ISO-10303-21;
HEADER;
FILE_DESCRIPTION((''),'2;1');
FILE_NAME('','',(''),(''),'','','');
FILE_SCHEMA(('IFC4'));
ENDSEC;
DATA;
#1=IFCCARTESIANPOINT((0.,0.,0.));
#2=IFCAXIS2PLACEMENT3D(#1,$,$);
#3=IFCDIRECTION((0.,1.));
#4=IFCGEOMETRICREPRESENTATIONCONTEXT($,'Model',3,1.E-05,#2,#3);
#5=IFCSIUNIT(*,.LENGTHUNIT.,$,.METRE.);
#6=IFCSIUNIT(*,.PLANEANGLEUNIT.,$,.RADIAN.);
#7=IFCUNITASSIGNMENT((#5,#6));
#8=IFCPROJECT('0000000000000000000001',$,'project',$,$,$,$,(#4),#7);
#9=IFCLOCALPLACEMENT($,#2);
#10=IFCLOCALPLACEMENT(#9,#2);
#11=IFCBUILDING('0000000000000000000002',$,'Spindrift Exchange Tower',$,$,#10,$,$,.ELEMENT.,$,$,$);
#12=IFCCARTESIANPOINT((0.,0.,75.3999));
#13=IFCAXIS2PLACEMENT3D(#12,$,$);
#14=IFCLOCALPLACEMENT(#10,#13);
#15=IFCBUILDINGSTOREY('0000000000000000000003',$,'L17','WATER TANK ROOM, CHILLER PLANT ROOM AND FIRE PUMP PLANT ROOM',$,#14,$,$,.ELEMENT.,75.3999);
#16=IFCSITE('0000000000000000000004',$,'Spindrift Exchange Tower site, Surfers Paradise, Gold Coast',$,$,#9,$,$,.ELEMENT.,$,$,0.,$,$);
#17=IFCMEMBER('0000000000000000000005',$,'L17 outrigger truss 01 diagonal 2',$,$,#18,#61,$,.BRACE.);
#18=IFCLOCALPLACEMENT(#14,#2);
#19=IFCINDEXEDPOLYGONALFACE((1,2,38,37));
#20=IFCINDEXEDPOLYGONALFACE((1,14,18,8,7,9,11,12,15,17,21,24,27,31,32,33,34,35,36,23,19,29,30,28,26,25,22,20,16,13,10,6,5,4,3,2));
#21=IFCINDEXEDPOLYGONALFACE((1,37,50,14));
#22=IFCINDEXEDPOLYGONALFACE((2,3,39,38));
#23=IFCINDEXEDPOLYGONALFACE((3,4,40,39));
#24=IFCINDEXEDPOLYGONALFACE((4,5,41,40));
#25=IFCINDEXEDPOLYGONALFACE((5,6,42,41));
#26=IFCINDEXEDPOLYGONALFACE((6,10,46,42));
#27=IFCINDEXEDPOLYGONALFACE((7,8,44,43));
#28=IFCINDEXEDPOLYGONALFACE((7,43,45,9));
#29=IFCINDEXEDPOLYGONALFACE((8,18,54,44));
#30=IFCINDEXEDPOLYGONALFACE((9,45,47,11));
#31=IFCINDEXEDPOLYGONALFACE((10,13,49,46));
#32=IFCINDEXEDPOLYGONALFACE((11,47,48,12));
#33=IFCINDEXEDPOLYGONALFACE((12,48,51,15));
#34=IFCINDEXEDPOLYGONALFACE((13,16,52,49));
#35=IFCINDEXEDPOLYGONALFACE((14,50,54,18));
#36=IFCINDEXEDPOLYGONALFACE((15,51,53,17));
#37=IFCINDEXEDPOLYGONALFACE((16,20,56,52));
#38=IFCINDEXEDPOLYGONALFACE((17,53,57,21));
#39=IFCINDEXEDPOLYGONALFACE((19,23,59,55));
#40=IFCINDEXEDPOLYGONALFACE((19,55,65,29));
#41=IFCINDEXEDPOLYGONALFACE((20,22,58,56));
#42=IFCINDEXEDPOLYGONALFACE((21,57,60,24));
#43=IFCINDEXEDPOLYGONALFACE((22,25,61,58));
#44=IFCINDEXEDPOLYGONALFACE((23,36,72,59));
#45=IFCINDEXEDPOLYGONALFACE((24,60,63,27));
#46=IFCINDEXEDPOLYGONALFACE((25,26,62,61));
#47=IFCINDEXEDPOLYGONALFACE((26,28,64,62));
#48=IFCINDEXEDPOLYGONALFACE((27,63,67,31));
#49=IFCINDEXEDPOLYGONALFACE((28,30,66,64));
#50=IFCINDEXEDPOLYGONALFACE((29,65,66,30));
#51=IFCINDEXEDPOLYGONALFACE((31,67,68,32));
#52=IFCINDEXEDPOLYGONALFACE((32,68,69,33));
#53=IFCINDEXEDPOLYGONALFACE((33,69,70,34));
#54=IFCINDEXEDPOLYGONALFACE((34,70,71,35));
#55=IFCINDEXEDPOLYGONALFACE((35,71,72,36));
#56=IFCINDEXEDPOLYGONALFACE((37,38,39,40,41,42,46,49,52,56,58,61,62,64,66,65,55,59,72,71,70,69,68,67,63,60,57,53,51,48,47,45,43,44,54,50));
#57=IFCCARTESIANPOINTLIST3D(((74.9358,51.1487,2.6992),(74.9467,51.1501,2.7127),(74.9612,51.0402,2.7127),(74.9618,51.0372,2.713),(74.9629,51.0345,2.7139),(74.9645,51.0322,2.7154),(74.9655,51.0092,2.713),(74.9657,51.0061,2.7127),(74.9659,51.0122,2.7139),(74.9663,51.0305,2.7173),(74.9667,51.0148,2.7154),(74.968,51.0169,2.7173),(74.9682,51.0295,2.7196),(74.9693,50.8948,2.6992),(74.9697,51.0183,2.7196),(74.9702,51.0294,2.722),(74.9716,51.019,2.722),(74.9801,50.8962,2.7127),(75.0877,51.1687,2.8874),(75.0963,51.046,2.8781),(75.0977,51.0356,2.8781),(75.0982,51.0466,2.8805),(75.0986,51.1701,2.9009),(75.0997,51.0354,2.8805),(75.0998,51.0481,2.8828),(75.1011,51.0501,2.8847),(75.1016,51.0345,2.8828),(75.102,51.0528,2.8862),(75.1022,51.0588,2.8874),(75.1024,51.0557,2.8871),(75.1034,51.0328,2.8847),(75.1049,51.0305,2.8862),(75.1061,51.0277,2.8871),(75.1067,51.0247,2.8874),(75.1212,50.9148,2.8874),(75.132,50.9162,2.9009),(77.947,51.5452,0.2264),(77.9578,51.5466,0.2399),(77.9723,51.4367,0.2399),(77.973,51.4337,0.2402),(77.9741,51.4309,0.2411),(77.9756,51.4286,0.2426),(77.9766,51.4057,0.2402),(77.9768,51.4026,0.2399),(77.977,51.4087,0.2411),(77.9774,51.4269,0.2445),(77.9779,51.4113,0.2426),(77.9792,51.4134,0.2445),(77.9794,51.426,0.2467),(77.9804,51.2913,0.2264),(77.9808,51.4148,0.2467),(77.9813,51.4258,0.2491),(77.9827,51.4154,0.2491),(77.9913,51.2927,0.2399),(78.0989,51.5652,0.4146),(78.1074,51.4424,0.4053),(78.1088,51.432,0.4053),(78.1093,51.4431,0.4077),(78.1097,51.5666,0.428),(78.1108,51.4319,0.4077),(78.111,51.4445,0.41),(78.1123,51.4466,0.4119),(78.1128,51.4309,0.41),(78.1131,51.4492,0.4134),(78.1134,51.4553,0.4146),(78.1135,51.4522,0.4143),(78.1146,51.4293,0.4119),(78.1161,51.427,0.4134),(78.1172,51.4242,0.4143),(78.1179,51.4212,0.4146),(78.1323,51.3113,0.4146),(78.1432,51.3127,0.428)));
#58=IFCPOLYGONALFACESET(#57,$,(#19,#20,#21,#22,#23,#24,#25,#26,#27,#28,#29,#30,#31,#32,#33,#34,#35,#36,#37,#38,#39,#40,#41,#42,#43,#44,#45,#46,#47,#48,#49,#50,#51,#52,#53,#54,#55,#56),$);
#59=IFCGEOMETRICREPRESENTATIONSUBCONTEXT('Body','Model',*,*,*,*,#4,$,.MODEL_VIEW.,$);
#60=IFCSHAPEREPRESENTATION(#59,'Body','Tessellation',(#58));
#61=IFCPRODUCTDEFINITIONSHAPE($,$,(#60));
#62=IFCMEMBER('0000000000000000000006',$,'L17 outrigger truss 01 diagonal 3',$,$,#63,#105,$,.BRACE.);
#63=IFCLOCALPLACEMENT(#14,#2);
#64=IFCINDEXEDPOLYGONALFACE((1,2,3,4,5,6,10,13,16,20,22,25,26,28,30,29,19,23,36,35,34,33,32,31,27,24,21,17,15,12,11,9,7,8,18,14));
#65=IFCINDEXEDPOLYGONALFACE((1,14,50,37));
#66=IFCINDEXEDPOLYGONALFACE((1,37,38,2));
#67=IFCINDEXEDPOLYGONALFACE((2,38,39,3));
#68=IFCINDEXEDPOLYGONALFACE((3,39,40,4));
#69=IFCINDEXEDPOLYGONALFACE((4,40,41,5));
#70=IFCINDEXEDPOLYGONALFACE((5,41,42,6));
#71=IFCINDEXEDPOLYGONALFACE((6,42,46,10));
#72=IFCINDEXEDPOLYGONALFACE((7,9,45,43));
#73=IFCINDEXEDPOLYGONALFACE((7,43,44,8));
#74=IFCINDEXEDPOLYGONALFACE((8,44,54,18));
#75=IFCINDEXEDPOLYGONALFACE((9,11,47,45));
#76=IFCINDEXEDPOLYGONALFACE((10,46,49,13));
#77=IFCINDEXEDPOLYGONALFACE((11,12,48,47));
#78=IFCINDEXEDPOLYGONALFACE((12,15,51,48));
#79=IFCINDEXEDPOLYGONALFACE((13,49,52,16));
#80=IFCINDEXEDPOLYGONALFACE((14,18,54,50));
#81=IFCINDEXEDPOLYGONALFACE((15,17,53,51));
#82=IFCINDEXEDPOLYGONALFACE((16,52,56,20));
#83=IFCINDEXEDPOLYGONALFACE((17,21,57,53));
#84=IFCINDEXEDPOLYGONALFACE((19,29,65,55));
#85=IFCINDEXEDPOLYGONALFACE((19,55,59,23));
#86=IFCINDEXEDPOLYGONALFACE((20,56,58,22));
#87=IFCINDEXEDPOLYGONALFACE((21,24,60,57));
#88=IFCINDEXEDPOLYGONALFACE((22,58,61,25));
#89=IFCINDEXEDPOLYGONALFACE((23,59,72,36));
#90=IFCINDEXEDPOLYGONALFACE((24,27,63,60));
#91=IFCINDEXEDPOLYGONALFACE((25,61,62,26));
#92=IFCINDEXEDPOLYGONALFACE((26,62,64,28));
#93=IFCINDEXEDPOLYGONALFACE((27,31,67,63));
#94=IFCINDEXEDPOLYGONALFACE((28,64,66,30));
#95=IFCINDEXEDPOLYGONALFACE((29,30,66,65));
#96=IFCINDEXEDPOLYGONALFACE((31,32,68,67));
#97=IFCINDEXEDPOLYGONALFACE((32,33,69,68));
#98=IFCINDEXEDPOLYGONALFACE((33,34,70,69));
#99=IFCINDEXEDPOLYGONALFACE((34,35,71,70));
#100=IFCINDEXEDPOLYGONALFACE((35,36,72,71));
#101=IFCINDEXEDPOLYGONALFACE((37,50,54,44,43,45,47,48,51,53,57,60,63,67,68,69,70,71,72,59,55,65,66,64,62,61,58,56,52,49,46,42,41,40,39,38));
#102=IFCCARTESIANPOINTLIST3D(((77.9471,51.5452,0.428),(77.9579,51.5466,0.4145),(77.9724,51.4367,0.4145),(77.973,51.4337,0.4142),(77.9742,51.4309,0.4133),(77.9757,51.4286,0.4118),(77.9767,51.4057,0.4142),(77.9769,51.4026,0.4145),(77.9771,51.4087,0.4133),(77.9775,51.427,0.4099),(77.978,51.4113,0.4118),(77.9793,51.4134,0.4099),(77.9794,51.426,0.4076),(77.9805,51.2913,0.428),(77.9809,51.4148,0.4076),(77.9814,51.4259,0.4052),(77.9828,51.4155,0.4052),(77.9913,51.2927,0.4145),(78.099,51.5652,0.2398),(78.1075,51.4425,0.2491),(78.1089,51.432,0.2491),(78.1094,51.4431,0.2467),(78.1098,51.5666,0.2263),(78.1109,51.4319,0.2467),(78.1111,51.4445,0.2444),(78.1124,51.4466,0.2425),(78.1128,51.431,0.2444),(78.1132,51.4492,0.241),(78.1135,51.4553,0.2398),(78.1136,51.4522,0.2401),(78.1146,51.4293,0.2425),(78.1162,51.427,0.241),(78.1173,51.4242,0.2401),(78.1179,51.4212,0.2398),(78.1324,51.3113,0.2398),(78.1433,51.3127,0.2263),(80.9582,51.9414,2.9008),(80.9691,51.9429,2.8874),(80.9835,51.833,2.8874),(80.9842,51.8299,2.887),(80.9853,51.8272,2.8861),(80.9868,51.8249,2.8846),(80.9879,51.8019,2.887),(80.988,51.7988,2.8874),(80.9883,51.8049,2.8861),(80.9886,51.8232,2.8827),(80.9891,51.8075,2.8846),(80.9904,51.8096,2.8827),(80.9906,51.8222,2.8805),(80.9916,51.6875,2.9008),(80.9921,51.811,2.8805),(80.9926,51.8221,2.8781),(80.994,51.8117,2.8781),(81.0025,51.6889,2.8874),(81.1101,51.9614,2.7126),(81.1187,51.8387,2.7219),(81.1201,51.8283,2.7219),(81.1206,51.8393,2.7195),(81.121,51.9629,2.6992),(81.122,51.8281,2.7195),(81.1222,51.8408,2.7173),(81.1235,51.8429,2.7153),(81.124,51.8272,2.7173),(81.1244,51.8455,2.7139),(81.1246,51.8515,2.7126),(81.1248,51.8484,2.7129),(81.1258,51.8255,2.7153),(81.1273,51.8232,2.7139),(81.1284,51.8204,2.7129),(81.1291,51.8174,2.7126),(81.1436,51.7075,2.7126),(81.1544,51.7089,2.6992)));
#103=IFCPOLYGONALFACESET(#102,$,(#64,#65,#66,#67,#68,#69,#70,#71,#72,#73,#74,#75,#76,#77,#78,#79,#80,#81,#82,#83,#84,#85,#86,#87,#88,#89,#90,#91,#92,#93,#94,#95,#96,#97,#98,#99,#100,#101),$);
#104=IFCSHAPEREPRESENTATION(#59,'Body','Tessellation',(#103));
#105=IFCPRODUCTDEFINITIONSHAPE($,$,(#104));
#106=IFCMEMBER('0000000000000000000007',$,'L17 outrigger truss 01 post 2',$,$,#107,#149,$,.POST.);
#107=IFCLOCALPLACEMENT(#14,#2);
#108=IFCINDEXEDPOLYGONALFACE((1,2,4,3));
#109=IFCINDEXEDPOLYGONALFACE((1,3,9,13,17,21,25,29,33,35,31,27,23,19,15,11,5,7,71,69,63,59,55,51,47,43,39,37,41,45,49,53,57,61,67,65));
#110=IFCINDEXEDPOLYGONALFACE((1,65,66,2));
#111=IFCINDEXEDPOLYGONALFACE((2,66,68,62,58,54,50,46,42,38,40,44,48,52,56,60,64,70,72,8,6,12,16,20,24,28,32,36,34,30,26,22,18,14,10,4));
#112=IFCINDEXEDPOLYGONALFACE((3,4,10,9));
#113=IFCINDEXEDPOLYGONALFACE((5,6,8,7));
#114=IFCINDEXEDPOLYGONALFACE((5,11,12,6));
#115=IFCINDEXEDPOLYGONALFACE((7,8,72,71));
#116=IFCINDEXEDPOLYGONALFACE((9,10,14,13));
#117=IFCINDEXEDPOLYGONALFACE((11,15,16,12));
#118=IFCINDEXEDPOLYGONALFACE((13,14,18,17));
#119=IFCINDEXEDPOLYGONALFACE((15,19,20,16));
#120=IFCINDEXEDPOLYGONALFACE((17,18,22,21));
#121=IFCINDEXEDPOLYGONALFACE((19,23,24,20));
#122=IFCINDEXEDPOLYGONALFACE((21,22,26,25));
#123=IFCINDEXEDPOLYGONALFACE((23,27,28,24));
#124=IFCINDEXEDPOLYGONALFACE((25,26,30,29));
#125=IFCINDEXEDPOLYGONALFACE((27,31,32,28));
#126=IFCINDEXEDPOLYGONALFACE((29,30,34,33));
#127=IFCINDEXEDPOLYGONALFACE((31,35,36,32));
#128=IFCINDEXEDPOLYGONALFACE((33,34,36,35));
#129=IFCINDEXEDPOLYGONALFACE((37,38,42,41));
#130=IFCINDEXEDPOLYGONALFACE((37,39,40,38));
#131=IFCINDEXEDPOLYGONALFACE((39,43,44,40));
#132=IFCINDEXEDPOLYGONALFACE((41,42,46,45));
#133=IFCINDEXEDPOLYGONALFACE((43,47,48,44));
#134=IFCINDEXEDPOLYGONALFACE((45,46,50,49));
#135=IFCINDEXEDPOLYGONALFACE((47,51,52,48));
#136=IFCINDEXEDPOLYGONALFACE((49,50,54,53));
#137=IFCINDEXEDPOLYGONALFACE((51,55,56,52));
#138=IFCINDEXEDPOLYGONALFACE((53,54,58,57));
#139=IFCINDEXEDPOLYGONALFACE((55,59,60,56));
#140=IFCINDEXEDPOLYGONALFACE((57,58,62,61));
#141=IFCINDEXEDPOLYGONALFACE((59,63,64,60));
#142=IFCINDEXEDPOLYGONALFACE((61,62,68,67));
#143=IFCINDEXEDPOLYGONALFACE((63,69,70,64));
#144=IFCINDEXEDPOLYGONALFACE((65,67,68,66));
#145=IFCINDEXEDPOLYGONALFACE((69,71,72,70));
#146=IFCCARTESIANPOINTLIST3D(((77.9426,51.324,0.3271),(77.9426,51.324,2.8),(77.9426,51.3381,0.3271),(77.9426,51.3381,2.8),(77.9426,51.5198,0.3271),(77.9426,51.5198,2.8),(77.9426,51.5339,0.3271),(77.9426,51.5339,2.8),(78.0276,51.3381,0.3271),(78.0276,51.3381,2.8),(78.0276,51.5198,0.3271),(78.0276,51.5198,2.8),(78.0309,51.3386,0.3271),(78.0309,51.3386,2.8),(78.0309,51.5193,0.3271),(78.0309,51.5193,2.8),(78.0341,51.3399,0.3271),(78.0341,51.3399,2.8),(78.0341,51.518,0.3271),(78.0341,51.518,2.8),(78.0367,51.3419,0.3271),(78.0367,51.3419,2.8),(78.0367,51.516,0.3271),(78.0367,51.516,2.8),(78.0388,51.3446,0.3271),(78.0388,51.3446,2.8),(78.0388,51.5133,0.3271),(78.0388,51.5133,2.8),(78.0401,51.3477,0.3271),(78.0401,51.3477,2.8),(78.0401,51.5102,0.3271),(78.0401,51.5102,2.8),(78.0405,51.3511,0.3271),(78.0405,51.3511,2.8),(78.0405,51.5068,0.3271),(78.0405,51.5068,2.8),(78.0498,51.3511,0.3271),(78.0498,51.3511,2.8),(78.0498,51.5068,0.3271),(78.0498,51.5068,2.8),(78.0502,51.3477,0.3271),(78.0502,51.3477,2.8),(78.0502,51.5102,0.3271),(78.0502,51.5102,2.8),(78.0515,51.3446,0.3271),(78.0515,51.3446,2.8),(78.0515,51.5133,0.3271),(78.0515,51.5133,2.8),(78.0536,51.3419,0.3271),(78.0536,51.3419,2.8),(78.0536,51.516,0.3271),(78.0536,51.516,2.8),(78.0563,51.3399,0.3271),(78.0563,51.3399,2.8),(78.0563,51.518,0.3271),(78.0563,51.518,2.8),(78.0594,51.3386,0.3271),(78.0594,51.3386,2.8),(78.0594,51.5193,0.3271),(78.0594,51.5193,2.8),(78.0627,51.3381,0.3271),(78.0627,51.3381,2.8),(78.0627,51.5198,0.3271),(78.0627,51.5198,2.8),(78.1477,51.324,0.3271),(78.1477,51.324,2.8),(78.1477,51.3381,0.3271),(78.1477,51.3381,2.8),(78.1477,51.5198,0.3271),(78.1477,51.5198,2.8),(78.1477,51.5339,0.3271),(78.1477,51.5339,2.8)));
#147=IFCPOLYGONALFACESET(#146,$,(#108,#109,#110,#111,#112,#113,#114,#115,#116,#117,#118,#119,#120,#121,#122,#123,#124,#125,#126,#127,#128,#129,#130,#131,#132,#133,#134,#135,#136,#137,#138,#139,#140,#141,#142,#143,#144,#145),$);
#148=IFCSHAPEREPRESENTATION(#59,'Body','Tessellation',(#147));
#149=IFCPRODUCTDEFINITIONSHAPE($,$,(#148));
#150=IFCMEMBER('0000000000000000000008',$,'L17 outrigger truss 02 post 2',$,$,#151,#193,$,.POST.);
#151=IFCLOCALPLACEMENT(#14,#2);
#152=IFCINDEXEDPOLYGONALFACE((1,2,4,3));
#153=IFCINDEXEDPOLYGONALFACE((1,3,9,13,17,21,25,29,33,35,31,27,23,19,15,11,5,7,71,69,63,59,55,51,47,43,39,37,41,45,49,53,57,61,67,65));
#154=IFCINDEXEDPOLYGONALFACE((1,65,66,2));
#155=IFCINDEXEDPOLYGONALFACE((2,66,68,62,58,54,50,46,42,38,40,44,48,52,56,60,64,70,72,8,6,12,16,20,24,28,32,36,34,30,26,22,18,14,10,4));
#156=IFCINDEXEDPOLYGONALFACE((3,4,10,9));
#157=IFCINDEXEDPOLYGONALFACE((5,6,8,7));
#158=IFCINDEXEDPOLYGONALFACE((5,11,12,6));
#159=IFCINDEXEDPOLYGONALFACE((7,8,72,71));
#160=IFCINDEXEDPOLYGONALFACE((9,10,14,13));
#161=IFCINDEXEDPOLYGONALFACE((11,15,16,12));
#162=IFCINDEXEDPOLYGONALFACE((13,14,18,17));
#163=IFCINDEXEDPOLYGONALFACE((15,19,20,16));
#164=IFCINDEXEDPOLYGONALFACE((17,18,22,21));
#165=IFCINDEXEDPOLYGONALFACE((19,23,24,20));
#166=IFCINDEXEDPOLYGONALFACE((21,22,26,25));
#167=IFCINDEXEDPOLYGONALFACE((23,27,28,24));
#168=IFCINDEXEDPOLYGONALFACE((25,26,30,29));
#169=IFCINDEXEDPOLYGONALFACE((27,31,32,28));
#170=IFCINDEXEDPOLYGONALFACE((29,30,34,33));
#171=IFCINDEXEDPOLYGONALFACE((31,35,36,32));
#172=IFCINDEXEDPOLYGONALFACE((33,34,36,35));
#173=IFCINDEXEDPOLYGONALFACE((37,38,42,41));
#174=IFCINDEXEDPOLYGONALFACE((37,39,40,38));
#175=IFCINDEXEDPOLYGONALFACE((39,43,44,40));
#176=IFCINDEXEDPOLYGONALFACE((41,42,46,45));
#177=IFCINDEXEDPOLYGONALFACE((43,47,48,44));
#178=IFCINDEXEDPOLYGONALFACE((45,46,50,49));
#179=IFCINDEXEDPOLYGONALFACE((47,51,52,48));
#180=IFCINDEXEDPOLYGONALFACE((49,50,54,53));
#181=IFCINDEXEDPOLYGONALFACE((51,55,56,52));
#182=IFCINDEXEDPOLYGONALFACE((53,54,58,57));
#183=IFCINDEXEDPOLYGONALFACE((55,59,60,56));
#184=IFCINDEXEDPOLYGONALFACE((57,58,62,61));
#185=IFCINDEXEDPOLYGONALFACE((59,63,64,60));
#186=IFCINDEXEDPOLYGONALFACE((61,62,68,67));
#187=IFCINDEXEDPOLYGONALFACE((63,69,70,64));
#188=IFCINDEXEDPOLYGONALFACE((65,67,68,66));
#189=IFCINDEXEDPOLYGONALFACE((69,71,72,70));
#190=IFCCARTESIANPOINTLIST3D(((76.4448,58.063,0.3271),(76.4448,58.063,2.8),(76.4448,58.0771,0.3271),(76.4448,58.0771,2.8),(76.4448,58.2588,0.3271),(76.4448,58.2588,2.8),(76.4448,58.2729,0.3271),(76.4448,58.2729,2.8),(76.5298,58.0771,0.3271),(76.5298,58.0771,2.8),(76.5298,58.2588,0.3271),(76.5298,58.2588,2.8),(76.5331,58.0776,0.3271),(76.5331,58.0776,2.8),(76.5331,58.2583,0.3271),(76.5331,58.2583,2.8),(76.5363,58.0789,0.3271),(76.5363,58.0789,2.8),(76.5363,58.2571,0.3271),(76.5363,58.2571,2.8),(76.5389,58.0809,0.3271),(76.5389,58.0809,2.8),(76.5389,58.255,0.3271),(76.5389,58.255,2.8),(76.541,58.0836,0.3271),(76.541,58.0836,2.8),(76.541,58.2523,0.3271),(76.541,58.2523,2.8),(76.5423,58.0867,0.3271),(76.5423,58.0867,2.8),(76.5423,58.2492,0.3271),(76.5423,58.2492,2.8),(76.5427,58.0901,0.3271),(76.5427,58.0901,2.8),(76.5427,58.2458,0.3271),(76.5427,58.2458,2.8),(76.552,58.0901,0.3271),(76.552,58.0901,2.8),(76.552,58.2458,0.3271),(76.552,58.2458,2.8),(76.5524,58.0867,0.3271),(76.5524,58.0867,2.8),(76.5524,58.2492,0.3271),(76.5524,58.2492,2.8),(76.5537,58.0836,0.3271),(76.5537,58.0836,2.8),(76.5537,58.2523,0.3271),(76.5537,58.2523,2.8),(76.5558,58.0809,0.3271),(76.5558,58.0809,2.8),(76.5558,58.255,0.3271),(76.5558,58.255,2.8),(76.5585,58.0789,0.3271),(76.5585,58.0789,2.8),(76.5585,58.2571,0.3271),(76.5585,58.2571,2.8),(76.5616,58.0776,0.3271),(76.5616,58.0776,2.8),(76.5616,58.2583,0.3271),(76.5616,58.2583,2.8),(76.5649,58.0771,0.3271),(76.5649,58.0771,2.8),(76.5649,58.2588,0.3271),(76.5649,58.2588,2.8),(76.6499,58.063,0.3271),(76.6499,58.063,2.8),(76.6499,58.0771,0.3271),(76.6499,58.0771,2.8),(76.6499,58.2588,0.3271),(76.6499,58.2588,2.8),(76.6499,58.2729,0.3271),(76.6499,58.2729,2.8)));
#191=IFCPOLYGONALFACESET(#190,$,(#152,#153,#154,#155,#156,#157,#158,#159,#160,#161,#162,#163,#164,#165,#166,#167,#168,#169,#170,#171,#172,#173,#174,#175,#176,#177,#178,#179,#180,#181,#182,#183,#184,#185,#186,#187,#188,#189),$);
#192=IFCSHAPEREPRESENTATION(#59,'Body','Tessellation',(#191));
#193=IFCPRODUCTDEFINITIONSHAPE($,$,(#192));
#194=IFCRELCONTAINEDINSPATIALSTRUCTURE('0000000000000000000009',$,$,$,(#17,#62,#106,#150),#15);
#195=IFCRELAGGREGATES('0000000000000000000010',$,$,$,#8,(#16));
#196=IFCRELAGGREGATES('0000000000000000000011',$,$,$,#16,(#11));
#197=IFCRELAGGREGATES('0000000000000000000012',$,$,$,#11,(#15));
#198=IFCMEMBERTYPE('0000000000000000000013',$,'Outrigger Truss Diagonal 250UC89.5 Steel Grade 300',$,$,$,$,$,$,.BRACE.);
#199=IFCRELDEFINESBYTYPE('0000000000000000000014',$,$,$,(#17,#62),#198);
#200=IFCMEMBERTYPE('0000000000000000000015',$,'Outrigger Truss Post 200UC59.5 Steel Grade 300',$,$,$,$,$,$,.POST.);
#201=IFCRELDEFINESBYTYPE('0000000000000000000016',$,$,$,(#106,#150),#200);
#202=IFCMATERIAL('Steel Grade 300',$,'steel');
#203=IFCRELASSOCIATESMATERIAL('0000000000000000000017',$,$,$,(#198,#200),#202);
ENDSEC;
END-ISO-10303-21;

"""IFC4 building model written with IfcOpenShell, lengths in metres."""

from ifc_helpers import new_model, si_unit, direction, frame, origin, origin_2d, place, context, subcontext, project, spatial, i_section, extrude, source, transform, mapped, material, material_profile, profile_set, type_object, element, save


model = new_model("IFC4")

# Units and contexts
model_context = context("Model", 3, precision=1e-05, world=origin(), true_north=direction((0.0, 1.0)))
body_context = subcontext(model_context, "Body", "Model", "MODEL_VIEW")
ifc_project = project(units=[si_unit("LENGTHUNIT", "METRE"), si_unit("PLANEANGLEUNIT", "RADIAN")], contexts=[model_context])

# Site, building, storey
site_placement = place(None, origin())
site = spatial("IfcSite", under=ifc_project, at=site_placement, Name="Spindrift Exchange Tower site, Surfers Paradise, Gold Coast", CompositionType="ELEMENT", RefElevation=0.0)
building_placement = place(site_placement, origin())
building = spatial("IfcBuilding", under=site, at=building_placement, Name="Spindrift Exchange Tower", CompositionType="ELEMENT")
storey_placement = place(building_placement, frame((0.0, 0.0, 75.3999)))
storey = spatial("IfcBuildingStorey", under=building, at=storey_placement, Name="L17", Description="WATER TANK ROOM, CHILLER PLANT ROOM AND FIRE PUMP PLANT ROOM", CompositionType="ELEMENT", Elevation=75.3999)

# Shared definitions
ifc_material_1 = material(Name="Steel Grade 300", Category="steel")

# Members
ifc_material_profile_1 = material_profile(ifc_material_1, i_section(OverallWidth=0.2561, OverallDepth=0.26, WebThickness=0.0105, FlangeThickness=0.0173, FilletRadius=0.012, at=origin_2d()), Name="250UC89.5")
ifc_profile_set_1 = profile_set([ifc_material_profile_1], Name="Steel Grade 300")
member_type_1 = type_object("IfcMemberType", Name="Outrigger Truss Diagonal 250UC89.5 Steel Grade 300", PredefinedType="BRACE", material=ifc_profile_set_1)
shared_shape_1 = source(origin(), body_context, "Body", "SweptSolid", [
    extrude(i_section(OverallWidth=0.2561, OverallDepth=0.26, WebThickness=0.0105, FlangeThickness=0.0173, FilletRadius=0.012, at=origin_2d()), origin(), (0.0, 0.0, 1.0), 3.9165),
])
for number, where, z_axis, x_axis, name in (
    (1, (75.0339, 51.0325, 2.8), (0.768833, 0.101231, -0.631386), (-0.130542, 0.991443, 0.0), "L17 outrigger truss 01 diagonal 2"),
    (2, (78.0452, 51.429, 0.3271), (0.768838, 0.101169, 0.63139), (-0.130463, 0.991453, 0.0), "L17 outrigger truss 01 diagonal 3"),
):
    element("IfcMember", number, at=place(storey_placement, frame(where, z_axis=z_axis, x_axis=x_axis)), inside=storey, type_object=member_type_1, Name=name, PredefinedType="BRACE", context=body_context, shape_type="MappedRepresentation", body=[
        mapped(shared_shape_1, transform((0.0, 0.0, 0.0), scale=1.0)),
    ])
ifc_material_profile_2 = material_profile(ifc_material_1, i_section(OverallWidth=0.2051, OverallDepth=0.21, WebThickness=0.0093, FlangeThickness=0.0142, FilletRadius=0.0129, at=origin_2d()), Name="200UC59.5")
ifc_profile_set_2 = profile_set([ifc_material_profile_2], Name="Steel Grade 300")
member_type_2 = type_object("IfcMemberType", Name="Outrigger Truss Post 200UC59.5 Steel Grade 300", PredefinedType="POST", material=ifc_profile_set_2)
shared_shape_2 = source(origin(), body_context, "Body", "SweptSolid", [
    extrude(i_section(OverallWidth=0.2051, OverallDepth=0.21, WebThickness=0.0093, FlangeThickness=0.0142, FilletRadius=0.0129, at=origin_2d()), origin(), (0.0, 0.0, 1.0), 2.4729),
])
for number, where, z_axis, x_axis, name in (
    (3, (78.0452, 51.429, 0.3271), (0.0, 0.0, 1.0), (1.0, 0.0, 0.0), "L17 outrigger truss 01 post 2"),
    (4, (76.5474, 58.168, 0.3271), (0.0, 0.0, 1.0), (1.0, 0.0, 0.0), "L17 outrigger truss 02 post 2"),
):
    element("IfcMember", number, at=place(storey_placement, frame(where, z_axis=z_axis, x_axis=x_axis)), inside=storey, type_object=member_type_2, Name=name, PredefinedType="POST", context=body_context, shape_type="MappedRepresentation", body=[
        mapped(shared_shape_2, transform((0.0, 0.0, 0.0), scale=1.0)),
    ])

save(model, "model.ifc")
